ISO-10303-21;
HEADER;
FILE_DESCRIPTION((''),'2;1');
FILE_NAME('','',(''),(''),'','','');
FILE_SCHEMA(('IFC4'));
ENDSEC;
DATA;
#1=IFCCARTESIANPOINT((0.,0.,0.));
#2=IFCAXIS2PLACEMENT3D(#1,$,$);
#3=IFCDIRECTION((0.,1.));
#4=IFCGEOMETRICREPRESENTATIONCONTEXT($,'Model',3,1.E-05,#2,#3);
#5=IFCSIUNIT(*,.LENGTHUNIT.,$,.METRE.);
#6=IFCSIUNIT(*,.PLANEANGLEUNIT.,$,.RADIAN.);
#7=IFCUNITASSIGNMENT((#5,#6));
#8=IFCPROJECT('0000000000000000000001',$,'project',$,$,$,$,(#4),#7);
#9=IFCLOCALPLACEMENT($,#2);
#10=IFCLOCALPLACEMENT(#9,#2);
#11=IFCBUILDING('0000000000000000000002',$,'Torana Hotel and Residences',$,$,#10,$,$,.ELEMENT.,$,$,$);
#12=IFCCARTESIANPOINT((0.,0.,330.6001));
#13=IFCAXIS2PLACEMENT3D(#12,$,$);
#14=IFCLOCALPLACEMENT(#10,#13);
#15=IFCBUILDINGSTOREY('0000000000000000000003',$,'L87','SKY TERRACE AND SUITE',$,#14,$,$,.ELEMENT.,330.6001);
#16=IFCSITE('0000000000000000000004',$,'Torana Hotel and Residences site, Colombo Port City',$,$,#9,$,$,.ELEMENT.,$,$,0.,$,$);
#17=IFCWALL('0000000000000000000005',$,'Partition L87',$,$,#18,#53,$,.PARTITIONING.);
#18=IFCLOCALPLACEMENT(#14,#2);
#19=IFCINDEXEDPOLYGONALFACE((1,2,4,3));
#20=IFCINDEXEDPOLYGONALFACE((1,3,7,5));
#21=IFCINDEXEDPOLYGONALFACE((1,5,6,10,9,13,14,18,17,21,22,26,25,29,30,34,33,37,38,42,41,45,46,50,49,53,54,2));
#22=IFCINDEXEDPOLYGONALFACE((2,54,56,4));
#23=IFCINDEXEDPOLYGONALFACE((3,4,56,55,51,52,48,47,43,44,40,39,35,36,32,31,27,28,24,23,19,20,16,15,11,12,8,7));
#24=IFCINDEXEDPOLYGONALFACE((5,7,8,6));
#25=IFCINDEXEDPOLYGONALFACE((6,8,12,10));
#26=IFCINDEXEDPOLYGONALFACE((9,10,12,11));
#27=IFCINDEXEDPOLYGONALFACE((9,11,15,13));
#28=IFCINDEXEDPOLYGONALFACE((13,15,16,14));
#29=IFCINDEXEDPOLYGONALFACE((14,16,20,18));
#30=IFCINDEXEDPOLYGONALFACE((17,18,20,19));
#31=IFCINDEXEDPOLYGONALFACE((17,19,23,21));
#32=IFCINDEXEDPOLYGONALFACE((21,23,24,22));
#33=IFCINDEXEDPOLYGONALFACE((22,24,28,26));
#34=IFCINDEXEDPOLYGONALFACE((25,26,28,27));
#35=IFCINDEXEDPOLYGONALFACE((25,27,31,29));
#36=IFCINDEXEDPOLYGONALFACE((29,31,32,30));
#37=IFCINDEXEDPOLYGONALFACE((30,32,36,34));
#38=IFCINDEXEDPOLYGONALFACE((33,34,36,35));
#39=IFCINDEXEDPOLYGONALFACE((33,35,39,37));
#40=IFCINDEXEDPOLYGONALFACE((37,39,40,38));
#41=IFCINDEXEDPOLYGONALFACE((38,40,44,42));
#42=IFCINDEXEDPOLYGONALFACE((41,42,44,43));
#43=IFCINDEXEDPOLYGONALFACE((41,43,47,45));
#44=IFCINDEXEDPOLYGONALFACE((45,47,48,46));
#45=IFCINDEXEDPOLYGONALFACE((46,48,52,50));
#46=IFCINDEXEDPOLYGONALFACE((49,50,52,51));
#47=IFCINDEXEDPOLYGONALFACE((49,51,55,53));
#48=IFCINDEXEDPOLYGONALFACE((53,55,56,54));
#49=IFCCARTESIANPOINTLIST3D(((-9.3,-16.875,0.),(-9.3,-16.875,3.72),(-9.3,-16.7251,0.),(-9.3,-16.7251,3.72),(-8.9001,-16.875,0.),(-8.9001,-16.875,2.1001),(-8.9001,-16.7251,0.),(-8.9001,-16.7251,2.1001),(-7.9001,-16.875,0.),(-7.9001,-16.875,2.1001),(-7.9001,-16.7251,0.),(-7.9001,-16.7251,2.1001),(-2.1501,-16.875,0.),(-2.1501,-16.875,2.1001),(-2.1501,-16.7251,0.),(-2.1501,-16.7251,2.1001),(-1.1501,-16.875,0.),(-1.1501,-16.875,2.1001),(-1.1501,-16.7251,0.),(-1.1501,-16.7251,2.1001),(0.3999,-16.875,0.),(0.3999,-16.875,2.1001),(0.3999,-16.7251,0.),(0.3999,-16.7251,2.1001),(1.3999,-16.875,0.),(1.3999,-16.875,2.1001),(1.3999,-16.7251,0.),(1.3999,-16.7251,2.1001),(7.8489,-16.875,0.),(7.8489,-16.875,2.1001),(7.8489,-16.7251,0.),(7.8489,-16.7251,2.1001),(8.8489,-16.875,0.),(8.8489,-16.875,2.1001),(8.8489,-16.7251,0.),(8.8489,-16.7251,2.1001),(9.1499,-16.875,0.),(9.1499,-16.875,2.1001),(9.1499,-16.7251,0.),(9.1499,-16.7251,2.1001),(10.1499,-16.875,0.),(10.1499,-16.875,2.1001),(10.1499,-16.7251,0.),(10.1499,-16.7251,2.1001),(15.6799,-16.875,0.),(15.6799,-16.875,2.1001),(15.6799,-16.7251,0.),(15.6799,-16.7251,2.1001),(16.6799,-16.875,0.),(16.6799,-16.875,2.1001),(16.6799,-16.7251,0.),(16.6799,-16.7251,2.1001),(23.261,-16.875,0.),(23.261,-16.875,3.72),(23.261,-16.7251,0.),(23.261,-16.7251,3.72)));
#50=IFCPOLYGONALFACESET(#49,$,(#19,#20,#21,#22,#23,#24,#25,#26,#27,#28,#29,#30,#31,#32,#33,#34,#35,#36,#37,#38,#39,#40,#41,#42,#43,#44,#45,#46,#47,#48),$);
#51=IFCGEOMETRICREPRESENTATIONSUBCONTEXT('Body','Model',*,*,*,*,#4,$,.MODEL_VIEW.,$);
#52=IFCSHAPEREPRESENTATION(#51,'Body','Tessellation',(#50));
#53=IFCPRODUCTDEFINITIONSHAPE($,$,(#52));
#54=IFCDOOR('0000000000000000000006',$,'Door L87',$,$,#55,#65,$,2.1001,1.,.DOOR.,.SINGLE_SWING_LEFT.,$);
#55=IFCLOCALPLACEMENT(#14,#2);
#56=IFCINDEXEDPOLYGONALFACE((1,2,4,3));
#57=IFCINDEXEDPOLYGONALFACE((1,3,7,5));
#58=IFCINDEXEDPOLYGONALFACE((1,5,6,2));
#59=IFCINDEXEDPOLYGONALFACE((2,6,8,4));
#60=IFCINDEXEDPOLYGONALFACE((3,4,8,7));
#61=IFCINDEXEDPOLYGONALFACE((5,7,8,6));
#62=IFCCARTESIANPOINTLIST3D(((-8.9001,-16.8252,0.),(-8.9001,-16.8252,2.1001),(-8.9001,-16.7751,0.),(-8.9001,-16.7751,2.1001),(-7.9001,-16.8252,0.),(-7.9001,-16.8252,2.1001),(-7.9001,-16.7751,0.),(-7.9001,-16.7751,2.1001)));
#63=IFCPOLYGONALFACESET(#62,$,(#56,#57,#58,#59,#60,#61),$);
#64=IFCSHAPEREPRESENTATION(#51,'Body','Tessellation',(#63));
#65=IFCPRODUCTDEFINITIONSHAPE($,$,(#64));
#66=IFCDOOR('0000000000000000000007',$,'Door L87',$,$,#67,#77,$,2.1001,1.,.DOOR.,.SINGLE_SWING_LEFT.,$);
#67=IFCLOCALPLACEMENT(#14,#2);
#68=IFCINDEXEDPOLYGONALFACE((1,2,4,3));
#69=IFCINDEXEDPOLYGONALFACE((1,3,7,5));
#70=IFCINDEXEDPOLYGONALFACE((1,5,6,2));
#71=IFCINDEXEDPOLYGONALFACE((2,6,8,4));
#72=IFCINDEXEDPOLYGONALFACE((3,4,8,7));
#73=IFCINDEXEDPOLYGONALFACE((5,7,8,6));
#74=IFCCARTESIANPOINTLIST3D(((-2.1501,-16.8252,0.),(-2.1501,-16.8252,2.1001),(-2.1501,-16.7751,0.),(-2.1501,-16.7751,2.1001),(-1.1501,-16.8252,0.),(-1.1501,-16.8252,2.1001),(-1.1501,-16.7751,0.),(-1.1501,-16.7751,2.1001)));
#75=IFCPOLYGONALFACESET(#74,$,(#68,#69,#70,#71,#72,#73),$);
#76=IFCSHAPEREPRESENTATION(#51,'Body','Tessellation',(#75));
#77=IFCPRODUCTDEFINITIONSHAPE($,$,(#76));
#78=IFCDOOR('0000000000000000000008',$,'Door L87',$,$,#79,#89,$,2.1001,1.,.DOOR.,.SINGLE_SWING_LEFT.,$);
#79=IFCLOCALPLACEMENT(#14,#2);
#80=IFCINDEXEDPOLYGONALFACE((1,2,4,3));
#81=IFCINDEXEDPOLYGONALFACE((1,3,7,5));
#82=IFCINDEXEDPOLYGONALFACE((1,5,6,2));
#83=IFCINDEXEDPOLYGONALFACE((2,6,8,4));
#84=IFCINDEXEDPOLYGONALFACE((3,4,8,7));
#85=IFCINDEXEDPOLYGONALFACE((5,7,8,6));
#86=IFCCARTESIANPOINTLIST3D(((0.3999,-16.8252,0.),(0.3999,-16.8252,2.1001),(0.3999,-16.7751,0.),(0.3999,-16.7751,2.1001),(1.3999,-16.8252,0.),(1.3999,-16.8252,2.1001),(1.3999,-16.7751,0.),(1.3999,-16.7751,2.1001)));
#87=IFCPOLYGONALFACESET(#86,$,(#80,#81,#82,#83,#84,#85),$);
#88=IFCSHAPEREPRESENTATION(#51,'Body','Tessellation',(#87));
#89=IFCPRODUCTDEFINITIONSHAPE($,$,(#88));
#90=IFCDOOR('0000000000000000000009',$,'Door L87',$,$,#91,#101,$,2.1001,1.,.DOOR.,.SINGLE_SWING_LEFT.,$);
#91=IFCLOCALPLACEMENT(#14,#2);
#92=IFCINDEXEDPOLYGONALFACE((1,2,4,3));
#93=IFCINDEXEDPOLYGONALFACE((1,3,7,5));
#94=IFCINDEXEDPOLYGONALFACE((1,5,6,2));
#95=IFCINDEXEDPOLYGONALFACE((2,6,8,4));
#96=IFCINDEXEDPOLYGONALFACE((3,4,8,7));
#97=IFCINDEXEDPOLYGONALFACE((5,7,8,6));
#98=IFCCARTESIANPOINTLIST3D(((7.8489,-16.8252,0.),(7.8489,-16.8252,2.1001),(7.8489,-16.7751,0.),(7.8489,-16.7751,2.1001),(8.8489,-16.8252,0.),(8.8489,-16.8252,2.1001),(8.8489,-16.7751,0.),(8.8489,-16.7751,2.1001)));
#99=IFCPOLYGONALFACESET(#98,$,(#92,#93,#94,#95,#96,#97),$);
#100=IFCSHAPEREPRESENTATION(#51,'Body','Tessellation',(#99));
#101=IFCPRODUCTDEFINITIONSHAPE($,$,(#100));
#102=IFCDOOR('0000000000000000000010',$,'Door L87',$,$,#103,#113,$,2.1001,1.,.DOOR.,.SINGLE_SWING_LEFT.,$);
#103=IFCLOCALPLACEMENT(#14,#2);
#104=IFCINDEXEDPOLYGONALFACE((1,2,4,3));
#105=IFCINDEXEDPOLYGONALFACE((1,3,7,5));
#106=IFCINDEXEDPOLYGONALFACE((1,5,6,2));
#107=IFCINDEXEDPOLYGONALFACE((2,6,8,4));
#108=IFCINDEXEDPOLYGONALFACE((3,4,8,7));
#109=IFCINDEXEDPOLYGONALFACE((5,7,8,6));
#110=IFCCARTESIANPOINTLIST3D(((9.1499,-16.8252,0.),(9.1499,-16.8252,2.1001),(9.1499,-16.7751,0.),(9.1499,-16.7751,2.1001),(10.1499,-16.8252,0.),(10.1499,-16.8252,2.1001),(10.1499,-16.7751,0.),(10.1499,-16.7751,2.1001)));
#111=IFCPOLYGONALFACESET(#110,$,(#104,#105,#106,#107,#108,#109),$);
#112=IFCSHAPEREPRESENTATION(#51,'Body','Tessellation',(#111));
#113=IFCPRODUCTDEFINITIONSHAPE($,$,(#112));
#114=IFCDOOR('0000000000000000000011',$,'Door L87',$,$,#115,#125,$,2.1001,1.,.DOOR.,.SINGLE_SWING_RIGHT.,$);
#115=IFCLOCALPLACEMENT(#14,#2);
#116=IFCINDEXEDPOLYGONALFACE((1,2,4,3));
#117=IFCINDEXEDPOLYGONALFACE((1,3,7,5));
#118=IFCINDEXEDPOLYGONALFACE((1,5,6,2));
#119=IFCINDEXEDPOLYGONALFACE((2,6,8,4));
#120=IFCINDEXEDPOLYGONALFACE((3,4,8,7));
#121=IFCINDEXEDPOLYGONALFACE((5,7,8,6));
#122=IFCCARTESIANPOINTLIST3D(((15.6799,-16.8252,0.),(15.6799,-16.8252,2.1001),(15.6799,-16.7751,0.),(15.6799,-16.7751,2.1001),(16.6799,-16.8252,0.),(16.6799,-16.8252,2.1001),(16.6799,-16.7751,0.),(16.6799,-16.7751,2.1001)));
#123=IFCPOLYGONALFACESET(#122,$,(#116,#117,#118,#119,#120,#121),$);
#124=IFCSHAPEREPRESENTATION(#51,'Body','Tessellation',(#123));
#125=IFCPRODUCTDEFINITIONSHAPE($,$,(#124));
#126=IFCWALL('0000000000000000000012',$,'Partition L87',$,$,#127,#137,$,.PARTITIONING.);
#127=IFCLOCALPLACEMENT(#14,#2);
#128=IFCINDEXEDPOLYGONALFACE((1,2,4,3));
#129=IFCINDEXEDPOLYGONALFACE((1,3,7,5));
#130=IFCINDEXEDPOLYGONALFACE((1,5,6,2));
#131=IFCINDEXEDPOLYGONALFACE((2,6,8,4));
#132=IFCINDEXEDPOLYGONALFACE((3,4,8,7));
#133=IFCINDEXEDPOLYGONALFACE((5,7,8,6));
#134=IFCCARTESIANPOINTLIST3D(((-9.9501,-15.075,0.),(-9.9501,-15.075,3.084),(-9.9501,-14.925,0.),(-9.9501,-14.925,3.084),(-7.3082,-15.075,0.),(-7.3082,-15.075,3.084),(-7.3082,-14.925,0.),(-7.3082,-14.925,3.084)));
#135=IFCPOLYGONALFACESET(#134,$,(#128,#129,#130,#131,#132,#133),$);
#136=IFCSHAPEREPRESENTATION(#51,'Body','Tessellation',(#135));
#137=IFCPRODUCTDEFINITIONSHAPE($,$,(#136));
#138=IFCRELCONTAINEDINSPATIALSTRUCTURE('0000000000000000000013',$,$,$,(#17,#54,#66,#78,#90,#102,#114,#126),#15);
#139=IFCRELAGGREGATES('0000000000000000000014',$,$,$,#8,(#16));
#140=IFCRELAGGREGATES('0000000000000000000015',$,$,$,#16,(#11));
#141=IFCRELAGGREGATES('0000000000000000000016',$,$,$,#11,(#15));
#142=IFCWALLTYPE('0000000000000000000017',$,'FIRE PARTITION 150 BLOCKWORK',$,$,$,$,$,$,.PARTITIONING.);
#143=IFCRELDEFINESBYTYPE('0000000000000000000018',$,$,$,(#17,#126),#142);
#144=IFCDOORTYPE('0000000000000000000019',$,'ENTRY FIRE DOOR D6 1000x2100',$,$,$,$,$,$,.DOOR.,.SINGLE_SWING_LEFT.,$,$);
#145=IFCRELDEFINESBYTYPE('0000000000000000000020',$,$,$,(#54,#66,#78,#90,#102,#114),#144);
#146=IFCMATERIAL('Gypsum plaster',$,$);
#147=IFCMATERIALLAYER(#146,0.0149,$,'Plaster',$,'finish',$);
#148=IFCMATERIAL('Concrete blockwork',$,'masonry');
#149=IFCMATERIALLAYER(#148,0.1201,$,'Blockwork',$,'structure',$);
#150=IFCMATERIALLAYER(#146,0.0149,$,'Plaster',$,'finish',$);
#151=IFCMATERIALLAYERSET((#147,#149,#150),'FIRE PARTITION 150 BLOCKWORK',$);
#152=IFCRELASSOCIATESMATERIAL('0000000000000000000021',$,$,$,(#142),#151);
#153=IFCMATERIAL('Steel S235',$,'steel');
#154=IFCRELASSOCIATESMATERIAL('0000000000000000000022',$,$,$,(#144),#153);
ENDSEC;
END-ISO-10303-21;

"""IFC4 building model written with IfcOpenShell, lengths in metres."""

from ifc_helpers import new_model, si_unit, direction, frame, frame_2d, origin, place, context, subcontext, project, spatial, rectangle, extrude, material, layer, layer_set, type_object, element, fill, save


model = new_model("IFC4")

# Units and contexts
model_context = context("Model", 3, precision=1e-05, world=origin(), true_north=direction((0.0, 1.0)))
body_context = subcontext(model_context, "Body", "Model", "MODEL_VIEW")
ifc_project = project(units=[si_unit("LENGTHUNIT", "METRE"), si_unit("PLANEANGLEUNIT", "RADIAN")], contexts=[model_context])

# Site, building, storey
site_placement = place(None, origin())
site = spatial("IfcSite", under=ifc_project, at=site_placement, Name="Torana Hotel and Residences site, Colombo Port City", CompositionType="ELEMENT", RefElevation=0.0)
building_placement = place(site_placement, origin())
building = spatial("IfcBuilding", under=site, at=building_placement, Name="Torana Hotel and Residences", CompositionType="ELEMENT")
storey_placement = place(building_placement, frame((0.0, 0.0, 330.6001)))
storey = spatial("IfcBuildingStorey", under=building, at=storey_placement, Name="L87", Description="SKY TERRACE AND SUITE", CompositionType="ELEMENT", Elevation=330.6001)

# Shared definitions
ifc_material_1 = material(Name="Gypsum plaster")
ifc_layer_1 = layer(ifc_material_1, 0.0149, Name="Plaster", Category="finish")
ifc_material_2 = material(Name="Concrete blockwork", Category="masonry")
ifc_layer_2 = layer(ifc_material_2, 0.1201, Name="Blockwork", Category="structure")
ifc_layer_3 = layer(ifc_material_1, 0.0149, Name="Plaster", Category="finish")
ifc_layer_set_1 = layer_set([ifc_layer_1, ifc_layer_2, ifc_layer_3], Name="FIRE PARTITION 150 BLOCKWORK")
wall_type_1 = type_object("IfcWallType", Name="FIRE PARTITION 150 BLOCKWORK", PredefinedType="PARTITIONING", material=ifc_layer_set_1)

# Shared definitions
ifc_material_3 = material(Name="Steel S235", Category="steel")
door_type_1 = type_object("IfcDoorType", Name="ENTRY FIRE DOOR D6 1000x2100", OperationType="SINGLE_SWING_LEFT", PredefinedType="DOOR", material=ifc_material_3)

# Wall, openings, doors
wall_1_placement = place(storey_placement, frame((-9.3, -16.8, 0.0), z_axis=(0.0, 0.0, 1.0), x_axis=(1.0, 0.0, 0.0)))
wall_1 = element("IfcWall", 1, at=wall_1_placement, inside=storey, type_object=wall_type_1, Name="Partition L87", PredefinedType="PARTITIONING", context=body_context, shape_type="SweptSolid", body=[
    extrude(rectangle(XDim=32.561, YDim=0.1499, at=frame_2d((16.2805, 0.0))), origin(), (0.0, 0.0, 1.0), 3.72),
])
opening_1_placement = place(wall_1_placement, frame((0.3999, 0.0, 0.0)))
opening_1 = element("IfcOpeningElement", 2, at=opening_1_placement, cuts=wall_1, PredefinedType="OPENING", context=body_context, shape_type="SweptSolid", body=[
    extrude(rectangle(XDim=1.0, YDim=2.1001, at=frame_2d((0.5, 1.05))), frame((0.0, 0.085, 0.0), z_axis=(0.0, -1.0, 0.0), x_axis=(1.0, 0.0, 0.0)), (0.0, 0.0, 1.0), 0.1699),
])
opening_2_placement = place(wall_1_placement, frame((7.1499, 0.0, 0.0)))
opening_2 = element("IfcOpeningElement", 3, at=opening_2_placement, cuts=wall_1, PredefinedType="OPENING", context=body_context, shape_type="SweptSolid", body=[
    extrude(rectangle(XDim=1.0, YDim=2.1001, at=frame_2d((0.5, 1.05))), frame((0.0, 0.085, 0.0), z_axis=(0.0, -1.0, 0.0), x_axis=(1.0, 0.0, 0.0)), (0.0, 0.0, 1.0), 0.1699),
])
opening_3_placement = place(wall_1_placement, frame((9.7, 0.0, 0.0)))
opening_3 = element("IfcOpeningElement", 4, at=opening_3_placement, cuts=wall_1, PredefinedType="OPENING", context=body_context, shape_type="SweptSolid", body=[
    extrude(rectangle(XDim=1.0, YDim=2.1001, at=frame_2d((0.5, 1.05))), frame((0.0, 0.085, 0.0), z_axis=(0.0, -1.0, 0.0), x_axis=(1.0, 0.0, 0.0)), (0.0, 0.0, 1.0), 0.1699),
])
opening_4_placement = place(wall_1_placement, frame((17.1489, 0.0, 0.0)))
opening_4 = element("IfcOpeningElement", 5, at=opening_4_placement, cuts=wall_1, PredefinedType="OPENING", context=body_context, shape_type="SweptSolid", body=[
    extrude(rectangle(XDim=1.0, YDim=2.1001, at=frame_2d((0.5, 1.05))), frame((0.0, 0.085, 0.0), z_axis=(0.0, -1.0, 0.0), x_axis=(1.0, 0.0, 0.0)), (0.0, 0.0, 1.0), 0.1699),
])
opening_5_placement = place(wall_1_placement, frame((18.45, 0.0, 0.0)))
opening_5 = element("IfcOpeningElement", 6, at=opening_5_placement, cuts=wall_1, PredefinedType="OPENING", context=body_context, shape_type="SweptSolid", body=[
    extrude(rectangle(XDim=1.0, YDim=2.1001, at=frame_2d((0.5, 1.05))), frame((0.0, 0.085, 0.0), z_axis=(0.0, -1.0, 0.0), x_axis=(1.0, 0.0, 0.0)), (0.0, 0.0, 1.0), 0.1699),
])
opening_6_placement = place(wall_1_placement, frame((24.98, 0.0, 0.0)))
opening_6 = element("IfcOpeningElement", 7, at=opening_6_placement, cuts=wall_1, PredefinedType="OPENING", context=body_context, shape_type="SweptSolid", body=[
    extrude(rectangle(XDim=1.0, YDim=2.1001, at=frame_2d((0.5, 1.05))), frame((0.0, 0.085, 0.0), z_axis=(0.0, -1.0, 0.0), x_axis=(1.0, 0.0, 0.0)), (0.0, 0.0, 1.0), 0.1699),
])
door_1_placement = place(opening_1_placement, frame((0.5, 0.0, 0.0), z_axis=(0.0, 0.0, 1.0), x_axis=(-1.0, 0.0, 0.0)))
door_1 = element("IfcDoor", 8, at=door_1_placement, inside=storey, type_object=door_type_1, Name="Door L87", OperationType="SINGLE_SWING_LEFT", OverallHeight=2.1001, OverallWidth=1.0, PredefinedType="DOOR", context=body_context, shape_type="SweptSolid", body=[
    extrude(rectangle(XDim=1.0, YDim=2.1001, at=frame_2d((0.0, 1.05))), frame((0.0, -0.0249, 0.0), z_axis=(0.0, 1.0, 0.0), x_axis=(-1.0, 0.0, 0.0)), (0.0, 0.0, 1.0), 0.05),
])
fill(opening_1, door_1)
door_2_placement = place(opening_2_placement, frame((0.5, 0.0, 0.0), z_axis=(0.0, 0.0, 1.0), x_axis=(-1.0, 0.0, 0.0)))
door_2 = element("IfcDoor", 9, at=door_2_placement, inside=storey, type_object=door_type_1, Name="Door L87", OperationType="SINGLE_SWING_LEFT", OverallHeight=2.1001, OverallWidth=1.0, PredefinedType="DOOR", context=body_context, shape_type="SweptSolid", body=[
    extrude(rectangle(XDim=1.0, YDim=2.1001, at=frame_2d((0.0, 1.05))), frame((0.0, -0.0249, 0.0), z_axis=(0.0, 1.0, 0.0), x_axis=(-1.0, 0.0, 0.0)), (0.0, 0.0, 1.0), 0.05),
])
fill(opening_2, door_2)
door_3_placement = place(opening_3_placement, frame((0.5, 0.0, 0.0), z_axis=(0.0, 0.0, 1.0), x_axis=(-1.0, 0.0, 0.0)))
door_3 = element("IfcDoor", 10, at=door_3_placement, inside=storey, type_object=door_type_1, Name="Door L87", OperationType="SINGLE_SWING_LEFT", OverallHeight=2.1001, OverallWidth=1.0, PredefinedType="DOOR", context=body_context, shape_type="SweptSolid", body=[
    extrude(rectangle(XDim=1.0, YDim=2.1001, at=frame_2d((0.0, 1.05))), frame((0.0, -0.0249, 0.0), z_axis=(0.0, 1.0, 0.0), x_axis=(-1.0, 0.0, 0.0)), (0.0, 0.0, 1.0), 0.05),
])
fill(opening_3, door_3)
door_4_placement = place(opening_4_placement, frame((0.5, 0.0, 0.0), z_axis=(0.0, 0.0, 1.0), x_axis=(-1.0, 0.0, 0.0)))
door_4 = element("IfcDoor", 11, at=door_4_placement, inside=storey, type_object=door_type_1, Name="Door L87", OperationType="SINGLE_SWING_LEFT", OverallHeight=2.1001, OverallWidth=1.0, PredefinedType="DOOR", context=body_context, shape_type="SweptSolid", body=[
    extrude(rectangle(XDim=1.0, YDim=2.1001, at=frame_2d((0.0, 1.05))), frame((0.0, -0.0249, 0.0), z_axis=(0.0, 1.0, 0.0), x_axis=(-1.0, 0.0, 0.0)), (0.0, 0.0, 1.0), 0.05),
])
fill(opening_4, door_4)
door_5_placement = place(opening_5_placement, frame((0.5, 0.0, 0.0), z_axis=(0.0, 0.0, 1.0), x_axis=(-1.0, 0.0, 0.0)))
door_5 = element("IfcDoor", 12, at=door_5_placement, inside=storey, type_object=door_type_1, Name="Door L87", OperationType="SINGLE_SWING_LEFT", OverallHeight=2.1001, OverallWidth=1.0, PredefinedType="DOOR", context=body_context, shape_type="SweptSolid", body=[
    extrude(rectangle(XDim=1.0, YDim=2.1001, at=frame_2d((0.0, 1.05))), frame((0.0, -0.0249, 0.0), z_axis=(0.0, 1.0, 0.0), x_axis=(-1.0, 0.0, 0.0)), (0.0, 0.0, 1.0), 0.05),
])
fill(opening_5, door_5)
door_6_placement = place(opening_6_placement, origin())
door_6 = element("IfcDoor", 13, at=door_6_placement, inside=storey, type_object=door_type_1, Name="Door L87", OperationType="SINGLE_SWING_RIGHT", OverallHeight=2.1001, OverallWidth=1.0, PredefinedType="DOOR", context=body_context, shape_type="SweptSolid", body=[
    extrude(rectangle(XDim=1.0, YDim=2.1001, at=frame_2d((0.5, 1.05))), frame((0.0, 0.0249, 0.0), z_axis=(0.0, -1.0, 0.0), x_axis=(1.0, 0.0, 0.0)), (0.0, 0.0, 1.0), 0.05),
])
fill(opening_6, door_6)

# Wall
wall_2_placement = place(storey_placement, frame((-9.95, -15.0, 0.0), z_axis=(0.0, 0.0, 1.0), x_axis=(1.0, 0.0, 0.0)))
element("IfcWall", 14, at=wall_2_placement, inside=storey, type_object=wall_type_1, Name="Partition L87", PredefinedType="PARTITIONING", context=body_context, shape_type="SweptSolid", body=[
    extrude(rectangle(XDim=2.6418, YDim=0.1499, at=frame_2d((1.3208, 0.0))), origin(), (0.0, 0.0, 1.0), 3.084),
])

save(model, "model.ifc")
